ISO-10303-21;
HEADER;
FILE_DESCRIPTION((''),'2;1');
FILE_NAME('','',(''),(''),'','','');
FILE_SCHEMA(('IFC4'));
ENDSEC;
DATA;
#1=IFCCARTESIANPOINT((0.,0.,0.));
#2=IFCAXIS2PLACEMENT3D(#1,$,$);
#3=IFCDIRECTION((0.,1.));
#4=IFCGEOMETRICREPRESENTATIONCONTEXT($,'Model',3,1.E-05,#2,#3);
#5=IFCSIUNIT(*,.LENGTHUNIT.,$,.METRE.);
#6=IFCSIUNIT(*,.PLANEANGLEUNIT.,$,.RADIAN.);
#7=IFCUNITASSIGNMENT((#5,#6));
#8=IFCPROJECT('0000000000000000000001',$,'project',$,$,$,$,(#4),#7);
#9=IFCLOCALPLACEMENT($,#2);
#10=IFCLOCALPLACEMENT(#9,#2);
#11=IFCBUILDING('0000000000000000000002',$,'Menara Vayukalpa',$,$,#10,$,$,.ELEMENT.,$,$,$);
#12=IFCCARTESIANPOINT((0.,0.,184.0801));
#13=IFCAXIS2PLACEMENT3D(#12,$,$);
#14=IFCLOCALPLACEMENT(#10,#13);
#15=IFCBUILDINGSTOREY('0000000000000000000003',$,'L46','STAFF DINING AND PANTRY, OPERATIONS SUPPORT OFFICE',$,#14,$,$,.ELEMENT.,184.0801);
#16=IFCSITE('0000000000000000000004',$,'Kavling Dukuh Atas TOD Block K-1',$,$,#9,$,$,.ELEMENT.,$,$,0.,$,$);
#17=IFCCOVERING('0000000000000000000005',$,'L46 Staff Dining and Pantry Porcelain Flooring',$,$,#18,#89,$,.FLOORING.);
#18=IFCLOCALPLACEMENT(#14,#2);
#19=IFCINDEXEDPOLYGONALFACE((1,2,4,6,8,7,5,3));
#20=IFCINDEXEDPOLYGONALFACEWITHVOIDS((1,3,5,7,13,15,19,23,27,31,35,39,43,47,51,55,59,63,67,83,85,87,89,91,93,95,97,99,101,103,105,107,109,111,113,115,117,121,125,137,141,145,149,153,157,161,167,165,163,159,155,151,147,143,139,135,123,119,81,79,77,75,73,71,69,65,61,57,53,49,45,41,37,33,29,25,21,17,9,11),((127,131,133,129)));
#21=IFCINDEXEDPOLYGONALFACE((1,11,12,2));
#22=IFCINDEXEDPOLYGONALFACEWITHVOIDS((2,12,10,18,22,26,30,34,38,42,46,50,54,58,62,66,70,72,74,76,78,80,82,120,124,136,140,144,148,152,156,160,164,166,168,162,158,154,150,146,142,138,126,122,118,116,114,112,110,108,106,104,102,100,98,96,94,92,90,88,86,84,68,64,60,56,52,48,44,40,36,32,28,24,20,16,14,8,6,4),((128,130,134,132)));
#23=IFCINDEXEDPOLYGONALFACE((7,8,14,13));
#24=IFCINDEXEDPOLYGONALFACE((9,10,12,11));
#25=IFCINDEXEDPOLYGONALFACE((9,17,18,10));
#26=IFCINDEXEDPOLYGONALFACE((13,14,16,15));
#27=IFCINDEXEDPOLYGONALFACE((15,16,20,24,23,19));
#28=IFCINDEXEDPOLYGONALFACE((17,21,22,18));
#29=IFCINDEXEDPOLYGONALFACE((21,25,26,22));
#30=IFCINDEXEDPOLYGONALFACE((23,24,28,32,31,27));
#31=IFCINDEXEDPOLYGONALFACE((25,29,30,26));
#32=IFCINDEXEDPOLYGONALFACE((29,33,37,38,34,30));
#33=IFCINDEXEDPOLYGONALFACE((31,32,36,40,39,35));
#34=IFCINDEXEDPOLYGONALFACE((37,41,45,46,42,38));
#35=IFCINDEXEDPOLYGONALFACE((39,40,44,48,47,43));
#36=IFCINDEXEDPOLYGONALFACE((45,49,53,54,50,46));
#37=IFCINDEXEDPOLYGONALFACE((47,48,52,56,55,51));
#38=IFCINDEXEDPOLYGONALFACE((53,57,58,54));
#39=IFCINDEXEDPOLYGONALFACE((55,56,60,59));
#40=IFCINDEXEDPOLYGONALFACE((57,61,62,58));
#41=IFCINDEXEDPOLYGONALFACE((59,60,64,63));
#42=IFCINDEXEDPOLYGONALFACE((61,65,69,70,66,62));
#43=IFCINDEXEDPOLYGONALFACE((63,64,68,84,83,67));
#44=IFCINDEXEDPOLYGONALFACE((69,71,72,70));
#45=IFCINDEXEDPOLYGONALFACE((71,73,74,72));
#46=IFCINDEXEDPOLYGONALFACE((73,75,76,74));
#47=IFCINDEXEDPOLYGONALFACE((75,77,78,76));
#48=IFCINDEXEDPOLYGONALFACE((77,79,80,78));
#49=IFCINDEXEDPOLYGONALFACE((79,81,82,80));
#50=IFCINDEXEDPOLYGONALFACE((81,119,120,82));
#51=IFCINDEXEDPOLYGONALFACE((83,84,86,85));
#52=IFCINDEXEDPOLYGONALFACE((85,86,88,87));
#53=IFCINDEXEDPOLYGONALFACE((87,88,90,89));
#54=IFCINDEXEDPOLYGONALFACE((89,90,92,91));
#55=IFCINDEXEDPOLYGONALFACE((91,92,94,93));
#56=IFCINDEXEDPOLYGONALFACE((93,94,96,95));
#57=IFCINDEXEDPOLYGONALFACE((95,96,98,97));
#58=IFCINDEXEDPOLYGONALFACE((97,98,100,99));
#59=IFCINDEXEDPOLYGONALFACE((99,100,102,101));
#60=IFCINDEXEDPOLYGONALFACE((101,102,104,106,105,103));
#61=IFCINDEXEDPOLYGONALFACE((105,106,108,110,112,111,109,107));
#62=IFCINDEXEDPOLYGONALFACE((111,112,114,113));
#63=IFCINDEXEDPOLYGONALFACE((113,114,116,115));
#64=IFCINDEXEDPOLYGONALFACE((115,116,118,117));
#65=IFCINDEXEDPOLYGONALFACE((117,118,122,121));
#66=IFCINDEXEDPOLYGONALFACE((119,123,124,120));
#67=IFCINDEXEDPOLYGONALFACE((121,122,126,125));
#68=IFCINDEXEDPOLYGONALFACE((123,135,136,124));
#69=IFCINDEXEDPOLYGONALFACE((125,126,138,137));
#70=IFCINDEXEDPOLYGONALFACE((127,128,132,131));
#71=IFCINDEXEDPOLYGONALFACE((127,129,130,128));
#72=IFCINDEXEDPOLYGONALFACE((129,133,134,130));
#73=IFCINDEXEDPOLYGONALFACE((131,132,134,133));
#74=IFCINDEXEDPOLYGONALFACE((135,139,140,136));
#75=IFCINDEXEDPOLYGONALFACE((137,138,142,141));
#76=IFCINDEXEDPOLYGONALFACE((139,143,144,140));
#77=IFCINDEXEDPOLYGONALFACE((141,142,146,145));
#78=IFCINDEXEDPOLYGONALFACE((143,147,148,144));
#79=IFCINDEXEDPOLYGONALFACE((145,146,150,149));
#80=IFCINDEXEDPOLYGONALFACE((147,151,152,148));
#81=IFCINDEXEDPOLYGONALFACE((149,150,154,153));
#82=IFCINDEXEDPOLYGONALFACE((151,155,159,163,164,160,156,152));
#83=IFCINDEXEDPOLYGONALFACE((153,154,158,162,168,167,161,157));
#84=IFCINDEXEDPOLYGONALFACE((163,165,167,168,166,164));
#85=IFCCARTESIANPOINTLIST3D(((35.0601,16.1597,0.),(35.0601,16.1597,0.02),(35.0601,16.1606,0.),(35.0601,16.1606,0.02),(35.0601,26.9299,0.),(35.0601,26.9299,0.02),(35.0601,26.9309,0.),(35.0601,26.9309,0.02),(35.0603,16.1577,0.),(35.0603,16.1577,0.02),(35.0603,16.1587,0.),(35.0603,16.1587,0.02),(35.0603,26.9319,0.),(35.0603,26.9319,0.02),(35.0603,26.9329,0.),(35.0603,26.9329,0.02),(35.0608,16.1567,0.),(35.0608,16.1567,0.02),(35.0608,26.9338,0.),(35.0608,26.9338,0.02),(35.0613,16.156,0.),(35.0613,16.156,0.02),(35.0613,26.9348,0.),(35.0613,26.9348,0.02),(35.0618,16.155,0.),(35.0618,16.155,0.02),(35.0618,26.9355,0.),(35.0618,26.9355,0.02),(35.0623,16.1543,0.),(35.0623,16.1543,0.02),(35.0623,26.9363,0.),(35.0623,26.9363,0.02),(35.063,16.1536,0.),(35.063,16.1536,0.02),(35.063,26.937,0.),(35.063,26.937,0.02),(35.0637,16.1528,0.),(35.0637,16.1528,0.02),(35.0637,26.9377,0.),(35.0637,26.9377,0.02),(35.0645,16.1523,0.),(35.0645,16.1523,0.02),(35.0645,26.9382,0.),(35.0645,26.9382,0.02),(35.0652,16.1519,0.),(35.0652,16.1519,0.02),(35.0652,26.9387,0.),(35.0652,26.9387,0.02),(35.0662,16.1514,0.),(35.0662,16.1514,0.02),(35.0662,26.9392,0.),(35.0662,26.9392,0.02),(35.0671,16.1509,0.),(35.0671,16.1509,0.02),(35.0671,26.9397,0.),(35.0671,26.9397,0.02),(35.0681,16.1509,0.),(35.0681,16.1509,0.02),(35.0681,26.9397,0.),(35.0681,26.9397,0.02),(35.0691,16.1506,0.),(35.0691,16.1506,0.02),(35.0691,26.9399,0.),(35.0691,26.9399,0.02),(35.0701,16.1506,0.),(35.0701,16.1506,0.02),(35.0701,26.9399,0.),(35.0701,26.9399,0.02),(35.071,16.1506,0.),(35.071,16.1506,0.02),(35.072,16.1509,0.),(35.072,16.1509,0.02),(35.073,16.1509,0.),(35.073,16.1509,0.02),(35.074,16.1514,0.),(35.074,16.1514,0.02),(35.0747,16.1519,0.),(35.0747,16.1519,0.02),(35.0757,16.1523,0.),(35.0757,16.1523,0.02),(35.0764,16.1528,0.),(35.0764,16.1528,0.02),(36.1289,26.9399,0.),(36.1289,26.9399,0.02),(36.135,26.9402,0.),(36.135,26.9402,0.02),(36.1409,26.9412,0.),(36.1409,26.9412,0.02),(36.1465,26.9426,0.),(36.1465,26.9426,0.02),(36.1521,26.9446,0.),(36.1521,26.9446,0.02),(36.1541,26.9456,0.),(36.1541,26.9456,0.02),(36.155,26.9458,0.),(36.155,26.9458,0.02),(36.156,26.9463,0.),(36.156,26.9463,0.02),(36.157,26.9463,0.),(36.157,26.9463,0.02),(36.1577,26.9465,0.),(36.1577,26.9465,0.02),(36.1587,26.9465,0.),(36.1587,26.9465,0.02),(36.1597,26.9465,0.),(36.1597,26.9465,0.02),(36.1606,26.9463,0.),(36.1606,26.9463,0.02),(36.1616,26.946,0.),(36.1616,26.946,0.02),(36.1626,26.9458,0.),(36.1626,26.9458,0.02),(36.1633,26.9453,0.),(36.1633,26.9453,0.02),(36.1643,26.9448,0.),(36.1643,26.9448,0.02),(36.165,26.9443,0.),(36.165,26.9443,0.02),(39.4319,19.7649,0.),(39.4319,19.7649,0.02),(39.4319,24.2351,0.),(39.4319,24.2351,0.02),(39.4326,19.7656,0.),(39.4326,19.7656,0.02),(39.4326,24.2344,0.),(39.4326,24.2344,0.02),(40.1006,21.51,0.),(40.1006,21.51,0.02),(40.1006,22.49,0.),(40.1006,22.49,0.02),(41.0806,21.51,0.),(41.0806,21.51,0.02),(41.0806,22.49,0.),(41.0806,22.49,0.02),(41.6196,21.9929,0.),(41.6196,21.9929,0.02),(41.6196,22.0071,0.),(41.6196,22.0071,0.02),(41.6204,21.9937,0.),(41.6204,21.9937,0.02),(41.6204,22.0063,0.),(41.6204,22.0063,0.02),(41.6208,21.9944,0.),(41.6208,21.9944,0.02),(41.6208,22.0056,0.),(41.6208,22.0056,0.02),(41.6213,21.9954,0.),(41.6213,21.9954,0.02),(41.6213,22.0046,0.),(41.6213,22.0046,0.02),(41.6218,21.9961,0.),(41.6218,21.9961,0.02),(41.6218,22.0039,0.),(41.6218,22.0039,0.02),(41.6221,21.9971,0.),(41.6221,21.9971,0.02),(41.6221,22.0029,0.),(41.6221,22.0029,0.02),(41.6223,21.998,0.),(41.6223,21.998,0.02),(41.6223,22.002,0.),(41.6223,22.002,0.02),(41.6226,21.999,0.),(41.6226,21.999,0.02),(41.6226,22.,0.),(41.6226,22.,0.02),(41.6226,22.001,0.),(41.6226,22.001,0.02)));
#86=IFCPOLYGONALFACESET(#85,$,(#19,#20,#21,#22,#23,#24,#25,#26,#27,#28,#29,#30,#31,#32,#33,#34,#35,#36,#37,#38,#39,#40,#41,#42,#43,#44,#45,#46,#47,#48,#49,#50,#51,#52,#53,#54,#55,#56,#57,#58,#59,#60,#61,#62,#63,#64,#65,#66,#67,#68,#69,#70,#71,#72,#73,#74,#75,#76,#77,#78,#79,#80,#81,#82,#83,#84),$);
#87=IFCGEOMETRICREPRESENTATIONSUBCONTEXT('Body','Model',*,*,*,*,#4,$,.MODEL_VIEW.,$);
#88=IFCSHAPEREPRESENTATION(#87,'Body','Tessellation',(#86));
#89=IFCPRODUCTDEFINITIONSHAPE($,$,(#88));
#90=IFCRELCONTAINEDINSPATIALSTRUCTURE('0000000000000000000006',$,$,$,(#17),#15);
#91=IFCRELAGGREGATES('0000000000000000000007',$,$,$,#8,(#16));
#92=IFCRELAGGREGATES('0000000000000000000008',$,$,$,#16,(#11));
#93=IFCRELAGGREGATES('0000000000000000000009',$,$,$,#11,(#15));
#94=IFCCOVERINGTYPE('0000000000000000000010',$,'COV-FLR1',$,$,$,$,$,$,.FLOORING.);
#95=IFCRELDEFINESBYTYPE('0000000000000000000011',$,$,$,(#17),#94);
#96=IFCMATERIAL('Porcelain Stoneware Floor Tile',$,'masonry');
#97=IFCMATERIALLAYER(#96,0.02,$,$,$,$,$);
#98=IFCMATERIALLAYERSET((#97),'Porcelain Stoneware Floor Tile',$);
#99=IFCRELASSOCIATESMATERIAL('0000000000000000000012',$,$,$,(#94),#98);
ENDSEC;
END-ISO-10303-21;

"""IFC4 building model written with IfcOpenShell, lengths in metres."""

from ifc_helpers import new_model, si_unit, direction, frame, origin, place, context, subcontext, project, spatial, polyline, outline, extrude, material, layer, layer_set, type_object, element, save


model = new_model("IFC4")

# Units and contexts
model_context = context("Model", 3, precision=1e-05, world=origin(), true_north=direction((0.0, 1.0)))
body_context = subcontext(model_context, "Body", "Model", "MODEL_VIEW")
ifc_project = project(units=[si_unit("LENGTHUNIT", "METRE"), si_unit("PLANEANGLEUNIT", "RADIAN")], contexts=[model_context])

# Site, building, storey
site_placement = place(None, origin())
site = spatial("IfcSite", under=ifc_project, at=site_placement, Name="Kavling Dukuh Atas TOD Block K-1", CompositionType="ELEMENT", RefElevation=0.0)
building_placement = place(site_placement, origin())
building = spatial("IfcBuilding", under=site, at=building_placement, Name="Menara Vayukalpa", CompositionType="ELEMENT")
storey_placement = place(building_placement, frame((0.0, 0.0, 184.0801)))
storey = spatial("IfcBuildingStorey", under=building, at=storey_placement, Name="L46", Description="STAFF DINING AND PANTRY, OPERATIONS SUPPORT OFFICE", CompositionType="ELEMENT", Elevation=184.0801)

# Covering
ifc_material_1 = material(Name="Porcelain Stoneware Floor Tile", Category="masonry")
ifc_layer_1 = layer(ifc_material_1, 0.02)
ifc_layer_set_1 = layer_set([ifc_layer_1], Name="Porcelain Stoneware Floor Tile")
covering_type_1 = type_object("IfcCoveringType", Name="COV-FLR1", PredefinedType="FLOORING", material=ifc_layer_set_1)
covering_1_placement = place(storey_placement, origin())
element("IfcCovering", 1, at=covering_1_placement, inside=storey, type_object=covering_type_1, Name="L46 Staff Dining and Pantry Porcelain Flooring", PredefinedType="FLOORING", context=body_context, shape_type="SweptSolid", body=[
    extrude(outline(polyline([(41.6196, 22.0071), (41.6204, 22.0063), (41.6208, 22.0056), (41.6213, 22.0046), (41.6218, 22.0039), (41.6221, 22.0029), (41.6223, 22.002), (41.6226, 22.001), (41.6226, 22.0), (41.6226, 21.999), (41.6223, 21.998), (41.6221, 21.9971), (41.6218, 21.9961), (41.6213, 21.9954), (41.6208, 21.9944), (41.6204, 21.9937), (41.6196, 21.9929), (39.4326, 19.7656), (39.4319, 19.7649), (35.0764, 16.1528), (35.0757, 16.1523), (35.0747, 16.1519), (35.074, 16.1514), (35.073, 16.1509), (35.072, 16.1509), (35.071, 16.1506), (35.0701, 16.1506), (35.0691, 16.1506), (35.0681, 16.1509), (35.0671, 16.1509), (35.0662, 16.1514), (35.0652, 16.1519), (35.0645, 16.1523), (35.0637, 16.1528), (35.063, 16.1536), (35.0623, 16.1543), (35.0618, 16.155), (35.0613, 16.156), (35.0608, 16.1567), (35.0603, 16.1577), (35.0603, 16.1587), (35.0601, 16.1597), (35.0601, 16.1606), (35.0601, 26.9299), (35.0601, 26.9309), (35.0603, 26.9319), (35.0603, 26.9329), (35.0608, 26.9338), (35.0613, 26.9348), (35.0618, 26.9355), (35.0623, 26.9363), (35.063, 26.937), (35.0637, 26.9377), (35.0645, 26.9382), (35.0652, 26.9387), (35.0662, 26.9392), (35.0671, 26.9397), (35.0681, 26.9397), (35.0691, 26.9399), (35.0701, 26.9399), (36.1289, 26.9399), (36.135, 26.9402), (36.1409, 26.9412), (36.1465, 26.9426), (36.1521, 26.9446), (36.1541, 26.9456), (36.155, 26.9458), (36.156, 26.9463), (36.157, 26.9463), (36.1577, 26.9465), (36.1587, 26.9465), (36.1597, 26.9465), (36.1606, 26.9463), (36.1616, 26.946), (36.1626, 26.9458), (36.1633, 26.9453), (36.1643, 26.9448), (36.165, 26.9443), (39.4319, 24.2351), (39.4326, 24.2344), (41.6196, 22.0071)]), holes=[polyline([(41.0806, 22.49), (40.1006, 22.49), (40.1006, 21.51), (41.0806, 21.51), (41.0806, 22.49)])]), origin(), (0.0, 0.0, 1.0), 0.02),
])

save(model, "model.ifc")
